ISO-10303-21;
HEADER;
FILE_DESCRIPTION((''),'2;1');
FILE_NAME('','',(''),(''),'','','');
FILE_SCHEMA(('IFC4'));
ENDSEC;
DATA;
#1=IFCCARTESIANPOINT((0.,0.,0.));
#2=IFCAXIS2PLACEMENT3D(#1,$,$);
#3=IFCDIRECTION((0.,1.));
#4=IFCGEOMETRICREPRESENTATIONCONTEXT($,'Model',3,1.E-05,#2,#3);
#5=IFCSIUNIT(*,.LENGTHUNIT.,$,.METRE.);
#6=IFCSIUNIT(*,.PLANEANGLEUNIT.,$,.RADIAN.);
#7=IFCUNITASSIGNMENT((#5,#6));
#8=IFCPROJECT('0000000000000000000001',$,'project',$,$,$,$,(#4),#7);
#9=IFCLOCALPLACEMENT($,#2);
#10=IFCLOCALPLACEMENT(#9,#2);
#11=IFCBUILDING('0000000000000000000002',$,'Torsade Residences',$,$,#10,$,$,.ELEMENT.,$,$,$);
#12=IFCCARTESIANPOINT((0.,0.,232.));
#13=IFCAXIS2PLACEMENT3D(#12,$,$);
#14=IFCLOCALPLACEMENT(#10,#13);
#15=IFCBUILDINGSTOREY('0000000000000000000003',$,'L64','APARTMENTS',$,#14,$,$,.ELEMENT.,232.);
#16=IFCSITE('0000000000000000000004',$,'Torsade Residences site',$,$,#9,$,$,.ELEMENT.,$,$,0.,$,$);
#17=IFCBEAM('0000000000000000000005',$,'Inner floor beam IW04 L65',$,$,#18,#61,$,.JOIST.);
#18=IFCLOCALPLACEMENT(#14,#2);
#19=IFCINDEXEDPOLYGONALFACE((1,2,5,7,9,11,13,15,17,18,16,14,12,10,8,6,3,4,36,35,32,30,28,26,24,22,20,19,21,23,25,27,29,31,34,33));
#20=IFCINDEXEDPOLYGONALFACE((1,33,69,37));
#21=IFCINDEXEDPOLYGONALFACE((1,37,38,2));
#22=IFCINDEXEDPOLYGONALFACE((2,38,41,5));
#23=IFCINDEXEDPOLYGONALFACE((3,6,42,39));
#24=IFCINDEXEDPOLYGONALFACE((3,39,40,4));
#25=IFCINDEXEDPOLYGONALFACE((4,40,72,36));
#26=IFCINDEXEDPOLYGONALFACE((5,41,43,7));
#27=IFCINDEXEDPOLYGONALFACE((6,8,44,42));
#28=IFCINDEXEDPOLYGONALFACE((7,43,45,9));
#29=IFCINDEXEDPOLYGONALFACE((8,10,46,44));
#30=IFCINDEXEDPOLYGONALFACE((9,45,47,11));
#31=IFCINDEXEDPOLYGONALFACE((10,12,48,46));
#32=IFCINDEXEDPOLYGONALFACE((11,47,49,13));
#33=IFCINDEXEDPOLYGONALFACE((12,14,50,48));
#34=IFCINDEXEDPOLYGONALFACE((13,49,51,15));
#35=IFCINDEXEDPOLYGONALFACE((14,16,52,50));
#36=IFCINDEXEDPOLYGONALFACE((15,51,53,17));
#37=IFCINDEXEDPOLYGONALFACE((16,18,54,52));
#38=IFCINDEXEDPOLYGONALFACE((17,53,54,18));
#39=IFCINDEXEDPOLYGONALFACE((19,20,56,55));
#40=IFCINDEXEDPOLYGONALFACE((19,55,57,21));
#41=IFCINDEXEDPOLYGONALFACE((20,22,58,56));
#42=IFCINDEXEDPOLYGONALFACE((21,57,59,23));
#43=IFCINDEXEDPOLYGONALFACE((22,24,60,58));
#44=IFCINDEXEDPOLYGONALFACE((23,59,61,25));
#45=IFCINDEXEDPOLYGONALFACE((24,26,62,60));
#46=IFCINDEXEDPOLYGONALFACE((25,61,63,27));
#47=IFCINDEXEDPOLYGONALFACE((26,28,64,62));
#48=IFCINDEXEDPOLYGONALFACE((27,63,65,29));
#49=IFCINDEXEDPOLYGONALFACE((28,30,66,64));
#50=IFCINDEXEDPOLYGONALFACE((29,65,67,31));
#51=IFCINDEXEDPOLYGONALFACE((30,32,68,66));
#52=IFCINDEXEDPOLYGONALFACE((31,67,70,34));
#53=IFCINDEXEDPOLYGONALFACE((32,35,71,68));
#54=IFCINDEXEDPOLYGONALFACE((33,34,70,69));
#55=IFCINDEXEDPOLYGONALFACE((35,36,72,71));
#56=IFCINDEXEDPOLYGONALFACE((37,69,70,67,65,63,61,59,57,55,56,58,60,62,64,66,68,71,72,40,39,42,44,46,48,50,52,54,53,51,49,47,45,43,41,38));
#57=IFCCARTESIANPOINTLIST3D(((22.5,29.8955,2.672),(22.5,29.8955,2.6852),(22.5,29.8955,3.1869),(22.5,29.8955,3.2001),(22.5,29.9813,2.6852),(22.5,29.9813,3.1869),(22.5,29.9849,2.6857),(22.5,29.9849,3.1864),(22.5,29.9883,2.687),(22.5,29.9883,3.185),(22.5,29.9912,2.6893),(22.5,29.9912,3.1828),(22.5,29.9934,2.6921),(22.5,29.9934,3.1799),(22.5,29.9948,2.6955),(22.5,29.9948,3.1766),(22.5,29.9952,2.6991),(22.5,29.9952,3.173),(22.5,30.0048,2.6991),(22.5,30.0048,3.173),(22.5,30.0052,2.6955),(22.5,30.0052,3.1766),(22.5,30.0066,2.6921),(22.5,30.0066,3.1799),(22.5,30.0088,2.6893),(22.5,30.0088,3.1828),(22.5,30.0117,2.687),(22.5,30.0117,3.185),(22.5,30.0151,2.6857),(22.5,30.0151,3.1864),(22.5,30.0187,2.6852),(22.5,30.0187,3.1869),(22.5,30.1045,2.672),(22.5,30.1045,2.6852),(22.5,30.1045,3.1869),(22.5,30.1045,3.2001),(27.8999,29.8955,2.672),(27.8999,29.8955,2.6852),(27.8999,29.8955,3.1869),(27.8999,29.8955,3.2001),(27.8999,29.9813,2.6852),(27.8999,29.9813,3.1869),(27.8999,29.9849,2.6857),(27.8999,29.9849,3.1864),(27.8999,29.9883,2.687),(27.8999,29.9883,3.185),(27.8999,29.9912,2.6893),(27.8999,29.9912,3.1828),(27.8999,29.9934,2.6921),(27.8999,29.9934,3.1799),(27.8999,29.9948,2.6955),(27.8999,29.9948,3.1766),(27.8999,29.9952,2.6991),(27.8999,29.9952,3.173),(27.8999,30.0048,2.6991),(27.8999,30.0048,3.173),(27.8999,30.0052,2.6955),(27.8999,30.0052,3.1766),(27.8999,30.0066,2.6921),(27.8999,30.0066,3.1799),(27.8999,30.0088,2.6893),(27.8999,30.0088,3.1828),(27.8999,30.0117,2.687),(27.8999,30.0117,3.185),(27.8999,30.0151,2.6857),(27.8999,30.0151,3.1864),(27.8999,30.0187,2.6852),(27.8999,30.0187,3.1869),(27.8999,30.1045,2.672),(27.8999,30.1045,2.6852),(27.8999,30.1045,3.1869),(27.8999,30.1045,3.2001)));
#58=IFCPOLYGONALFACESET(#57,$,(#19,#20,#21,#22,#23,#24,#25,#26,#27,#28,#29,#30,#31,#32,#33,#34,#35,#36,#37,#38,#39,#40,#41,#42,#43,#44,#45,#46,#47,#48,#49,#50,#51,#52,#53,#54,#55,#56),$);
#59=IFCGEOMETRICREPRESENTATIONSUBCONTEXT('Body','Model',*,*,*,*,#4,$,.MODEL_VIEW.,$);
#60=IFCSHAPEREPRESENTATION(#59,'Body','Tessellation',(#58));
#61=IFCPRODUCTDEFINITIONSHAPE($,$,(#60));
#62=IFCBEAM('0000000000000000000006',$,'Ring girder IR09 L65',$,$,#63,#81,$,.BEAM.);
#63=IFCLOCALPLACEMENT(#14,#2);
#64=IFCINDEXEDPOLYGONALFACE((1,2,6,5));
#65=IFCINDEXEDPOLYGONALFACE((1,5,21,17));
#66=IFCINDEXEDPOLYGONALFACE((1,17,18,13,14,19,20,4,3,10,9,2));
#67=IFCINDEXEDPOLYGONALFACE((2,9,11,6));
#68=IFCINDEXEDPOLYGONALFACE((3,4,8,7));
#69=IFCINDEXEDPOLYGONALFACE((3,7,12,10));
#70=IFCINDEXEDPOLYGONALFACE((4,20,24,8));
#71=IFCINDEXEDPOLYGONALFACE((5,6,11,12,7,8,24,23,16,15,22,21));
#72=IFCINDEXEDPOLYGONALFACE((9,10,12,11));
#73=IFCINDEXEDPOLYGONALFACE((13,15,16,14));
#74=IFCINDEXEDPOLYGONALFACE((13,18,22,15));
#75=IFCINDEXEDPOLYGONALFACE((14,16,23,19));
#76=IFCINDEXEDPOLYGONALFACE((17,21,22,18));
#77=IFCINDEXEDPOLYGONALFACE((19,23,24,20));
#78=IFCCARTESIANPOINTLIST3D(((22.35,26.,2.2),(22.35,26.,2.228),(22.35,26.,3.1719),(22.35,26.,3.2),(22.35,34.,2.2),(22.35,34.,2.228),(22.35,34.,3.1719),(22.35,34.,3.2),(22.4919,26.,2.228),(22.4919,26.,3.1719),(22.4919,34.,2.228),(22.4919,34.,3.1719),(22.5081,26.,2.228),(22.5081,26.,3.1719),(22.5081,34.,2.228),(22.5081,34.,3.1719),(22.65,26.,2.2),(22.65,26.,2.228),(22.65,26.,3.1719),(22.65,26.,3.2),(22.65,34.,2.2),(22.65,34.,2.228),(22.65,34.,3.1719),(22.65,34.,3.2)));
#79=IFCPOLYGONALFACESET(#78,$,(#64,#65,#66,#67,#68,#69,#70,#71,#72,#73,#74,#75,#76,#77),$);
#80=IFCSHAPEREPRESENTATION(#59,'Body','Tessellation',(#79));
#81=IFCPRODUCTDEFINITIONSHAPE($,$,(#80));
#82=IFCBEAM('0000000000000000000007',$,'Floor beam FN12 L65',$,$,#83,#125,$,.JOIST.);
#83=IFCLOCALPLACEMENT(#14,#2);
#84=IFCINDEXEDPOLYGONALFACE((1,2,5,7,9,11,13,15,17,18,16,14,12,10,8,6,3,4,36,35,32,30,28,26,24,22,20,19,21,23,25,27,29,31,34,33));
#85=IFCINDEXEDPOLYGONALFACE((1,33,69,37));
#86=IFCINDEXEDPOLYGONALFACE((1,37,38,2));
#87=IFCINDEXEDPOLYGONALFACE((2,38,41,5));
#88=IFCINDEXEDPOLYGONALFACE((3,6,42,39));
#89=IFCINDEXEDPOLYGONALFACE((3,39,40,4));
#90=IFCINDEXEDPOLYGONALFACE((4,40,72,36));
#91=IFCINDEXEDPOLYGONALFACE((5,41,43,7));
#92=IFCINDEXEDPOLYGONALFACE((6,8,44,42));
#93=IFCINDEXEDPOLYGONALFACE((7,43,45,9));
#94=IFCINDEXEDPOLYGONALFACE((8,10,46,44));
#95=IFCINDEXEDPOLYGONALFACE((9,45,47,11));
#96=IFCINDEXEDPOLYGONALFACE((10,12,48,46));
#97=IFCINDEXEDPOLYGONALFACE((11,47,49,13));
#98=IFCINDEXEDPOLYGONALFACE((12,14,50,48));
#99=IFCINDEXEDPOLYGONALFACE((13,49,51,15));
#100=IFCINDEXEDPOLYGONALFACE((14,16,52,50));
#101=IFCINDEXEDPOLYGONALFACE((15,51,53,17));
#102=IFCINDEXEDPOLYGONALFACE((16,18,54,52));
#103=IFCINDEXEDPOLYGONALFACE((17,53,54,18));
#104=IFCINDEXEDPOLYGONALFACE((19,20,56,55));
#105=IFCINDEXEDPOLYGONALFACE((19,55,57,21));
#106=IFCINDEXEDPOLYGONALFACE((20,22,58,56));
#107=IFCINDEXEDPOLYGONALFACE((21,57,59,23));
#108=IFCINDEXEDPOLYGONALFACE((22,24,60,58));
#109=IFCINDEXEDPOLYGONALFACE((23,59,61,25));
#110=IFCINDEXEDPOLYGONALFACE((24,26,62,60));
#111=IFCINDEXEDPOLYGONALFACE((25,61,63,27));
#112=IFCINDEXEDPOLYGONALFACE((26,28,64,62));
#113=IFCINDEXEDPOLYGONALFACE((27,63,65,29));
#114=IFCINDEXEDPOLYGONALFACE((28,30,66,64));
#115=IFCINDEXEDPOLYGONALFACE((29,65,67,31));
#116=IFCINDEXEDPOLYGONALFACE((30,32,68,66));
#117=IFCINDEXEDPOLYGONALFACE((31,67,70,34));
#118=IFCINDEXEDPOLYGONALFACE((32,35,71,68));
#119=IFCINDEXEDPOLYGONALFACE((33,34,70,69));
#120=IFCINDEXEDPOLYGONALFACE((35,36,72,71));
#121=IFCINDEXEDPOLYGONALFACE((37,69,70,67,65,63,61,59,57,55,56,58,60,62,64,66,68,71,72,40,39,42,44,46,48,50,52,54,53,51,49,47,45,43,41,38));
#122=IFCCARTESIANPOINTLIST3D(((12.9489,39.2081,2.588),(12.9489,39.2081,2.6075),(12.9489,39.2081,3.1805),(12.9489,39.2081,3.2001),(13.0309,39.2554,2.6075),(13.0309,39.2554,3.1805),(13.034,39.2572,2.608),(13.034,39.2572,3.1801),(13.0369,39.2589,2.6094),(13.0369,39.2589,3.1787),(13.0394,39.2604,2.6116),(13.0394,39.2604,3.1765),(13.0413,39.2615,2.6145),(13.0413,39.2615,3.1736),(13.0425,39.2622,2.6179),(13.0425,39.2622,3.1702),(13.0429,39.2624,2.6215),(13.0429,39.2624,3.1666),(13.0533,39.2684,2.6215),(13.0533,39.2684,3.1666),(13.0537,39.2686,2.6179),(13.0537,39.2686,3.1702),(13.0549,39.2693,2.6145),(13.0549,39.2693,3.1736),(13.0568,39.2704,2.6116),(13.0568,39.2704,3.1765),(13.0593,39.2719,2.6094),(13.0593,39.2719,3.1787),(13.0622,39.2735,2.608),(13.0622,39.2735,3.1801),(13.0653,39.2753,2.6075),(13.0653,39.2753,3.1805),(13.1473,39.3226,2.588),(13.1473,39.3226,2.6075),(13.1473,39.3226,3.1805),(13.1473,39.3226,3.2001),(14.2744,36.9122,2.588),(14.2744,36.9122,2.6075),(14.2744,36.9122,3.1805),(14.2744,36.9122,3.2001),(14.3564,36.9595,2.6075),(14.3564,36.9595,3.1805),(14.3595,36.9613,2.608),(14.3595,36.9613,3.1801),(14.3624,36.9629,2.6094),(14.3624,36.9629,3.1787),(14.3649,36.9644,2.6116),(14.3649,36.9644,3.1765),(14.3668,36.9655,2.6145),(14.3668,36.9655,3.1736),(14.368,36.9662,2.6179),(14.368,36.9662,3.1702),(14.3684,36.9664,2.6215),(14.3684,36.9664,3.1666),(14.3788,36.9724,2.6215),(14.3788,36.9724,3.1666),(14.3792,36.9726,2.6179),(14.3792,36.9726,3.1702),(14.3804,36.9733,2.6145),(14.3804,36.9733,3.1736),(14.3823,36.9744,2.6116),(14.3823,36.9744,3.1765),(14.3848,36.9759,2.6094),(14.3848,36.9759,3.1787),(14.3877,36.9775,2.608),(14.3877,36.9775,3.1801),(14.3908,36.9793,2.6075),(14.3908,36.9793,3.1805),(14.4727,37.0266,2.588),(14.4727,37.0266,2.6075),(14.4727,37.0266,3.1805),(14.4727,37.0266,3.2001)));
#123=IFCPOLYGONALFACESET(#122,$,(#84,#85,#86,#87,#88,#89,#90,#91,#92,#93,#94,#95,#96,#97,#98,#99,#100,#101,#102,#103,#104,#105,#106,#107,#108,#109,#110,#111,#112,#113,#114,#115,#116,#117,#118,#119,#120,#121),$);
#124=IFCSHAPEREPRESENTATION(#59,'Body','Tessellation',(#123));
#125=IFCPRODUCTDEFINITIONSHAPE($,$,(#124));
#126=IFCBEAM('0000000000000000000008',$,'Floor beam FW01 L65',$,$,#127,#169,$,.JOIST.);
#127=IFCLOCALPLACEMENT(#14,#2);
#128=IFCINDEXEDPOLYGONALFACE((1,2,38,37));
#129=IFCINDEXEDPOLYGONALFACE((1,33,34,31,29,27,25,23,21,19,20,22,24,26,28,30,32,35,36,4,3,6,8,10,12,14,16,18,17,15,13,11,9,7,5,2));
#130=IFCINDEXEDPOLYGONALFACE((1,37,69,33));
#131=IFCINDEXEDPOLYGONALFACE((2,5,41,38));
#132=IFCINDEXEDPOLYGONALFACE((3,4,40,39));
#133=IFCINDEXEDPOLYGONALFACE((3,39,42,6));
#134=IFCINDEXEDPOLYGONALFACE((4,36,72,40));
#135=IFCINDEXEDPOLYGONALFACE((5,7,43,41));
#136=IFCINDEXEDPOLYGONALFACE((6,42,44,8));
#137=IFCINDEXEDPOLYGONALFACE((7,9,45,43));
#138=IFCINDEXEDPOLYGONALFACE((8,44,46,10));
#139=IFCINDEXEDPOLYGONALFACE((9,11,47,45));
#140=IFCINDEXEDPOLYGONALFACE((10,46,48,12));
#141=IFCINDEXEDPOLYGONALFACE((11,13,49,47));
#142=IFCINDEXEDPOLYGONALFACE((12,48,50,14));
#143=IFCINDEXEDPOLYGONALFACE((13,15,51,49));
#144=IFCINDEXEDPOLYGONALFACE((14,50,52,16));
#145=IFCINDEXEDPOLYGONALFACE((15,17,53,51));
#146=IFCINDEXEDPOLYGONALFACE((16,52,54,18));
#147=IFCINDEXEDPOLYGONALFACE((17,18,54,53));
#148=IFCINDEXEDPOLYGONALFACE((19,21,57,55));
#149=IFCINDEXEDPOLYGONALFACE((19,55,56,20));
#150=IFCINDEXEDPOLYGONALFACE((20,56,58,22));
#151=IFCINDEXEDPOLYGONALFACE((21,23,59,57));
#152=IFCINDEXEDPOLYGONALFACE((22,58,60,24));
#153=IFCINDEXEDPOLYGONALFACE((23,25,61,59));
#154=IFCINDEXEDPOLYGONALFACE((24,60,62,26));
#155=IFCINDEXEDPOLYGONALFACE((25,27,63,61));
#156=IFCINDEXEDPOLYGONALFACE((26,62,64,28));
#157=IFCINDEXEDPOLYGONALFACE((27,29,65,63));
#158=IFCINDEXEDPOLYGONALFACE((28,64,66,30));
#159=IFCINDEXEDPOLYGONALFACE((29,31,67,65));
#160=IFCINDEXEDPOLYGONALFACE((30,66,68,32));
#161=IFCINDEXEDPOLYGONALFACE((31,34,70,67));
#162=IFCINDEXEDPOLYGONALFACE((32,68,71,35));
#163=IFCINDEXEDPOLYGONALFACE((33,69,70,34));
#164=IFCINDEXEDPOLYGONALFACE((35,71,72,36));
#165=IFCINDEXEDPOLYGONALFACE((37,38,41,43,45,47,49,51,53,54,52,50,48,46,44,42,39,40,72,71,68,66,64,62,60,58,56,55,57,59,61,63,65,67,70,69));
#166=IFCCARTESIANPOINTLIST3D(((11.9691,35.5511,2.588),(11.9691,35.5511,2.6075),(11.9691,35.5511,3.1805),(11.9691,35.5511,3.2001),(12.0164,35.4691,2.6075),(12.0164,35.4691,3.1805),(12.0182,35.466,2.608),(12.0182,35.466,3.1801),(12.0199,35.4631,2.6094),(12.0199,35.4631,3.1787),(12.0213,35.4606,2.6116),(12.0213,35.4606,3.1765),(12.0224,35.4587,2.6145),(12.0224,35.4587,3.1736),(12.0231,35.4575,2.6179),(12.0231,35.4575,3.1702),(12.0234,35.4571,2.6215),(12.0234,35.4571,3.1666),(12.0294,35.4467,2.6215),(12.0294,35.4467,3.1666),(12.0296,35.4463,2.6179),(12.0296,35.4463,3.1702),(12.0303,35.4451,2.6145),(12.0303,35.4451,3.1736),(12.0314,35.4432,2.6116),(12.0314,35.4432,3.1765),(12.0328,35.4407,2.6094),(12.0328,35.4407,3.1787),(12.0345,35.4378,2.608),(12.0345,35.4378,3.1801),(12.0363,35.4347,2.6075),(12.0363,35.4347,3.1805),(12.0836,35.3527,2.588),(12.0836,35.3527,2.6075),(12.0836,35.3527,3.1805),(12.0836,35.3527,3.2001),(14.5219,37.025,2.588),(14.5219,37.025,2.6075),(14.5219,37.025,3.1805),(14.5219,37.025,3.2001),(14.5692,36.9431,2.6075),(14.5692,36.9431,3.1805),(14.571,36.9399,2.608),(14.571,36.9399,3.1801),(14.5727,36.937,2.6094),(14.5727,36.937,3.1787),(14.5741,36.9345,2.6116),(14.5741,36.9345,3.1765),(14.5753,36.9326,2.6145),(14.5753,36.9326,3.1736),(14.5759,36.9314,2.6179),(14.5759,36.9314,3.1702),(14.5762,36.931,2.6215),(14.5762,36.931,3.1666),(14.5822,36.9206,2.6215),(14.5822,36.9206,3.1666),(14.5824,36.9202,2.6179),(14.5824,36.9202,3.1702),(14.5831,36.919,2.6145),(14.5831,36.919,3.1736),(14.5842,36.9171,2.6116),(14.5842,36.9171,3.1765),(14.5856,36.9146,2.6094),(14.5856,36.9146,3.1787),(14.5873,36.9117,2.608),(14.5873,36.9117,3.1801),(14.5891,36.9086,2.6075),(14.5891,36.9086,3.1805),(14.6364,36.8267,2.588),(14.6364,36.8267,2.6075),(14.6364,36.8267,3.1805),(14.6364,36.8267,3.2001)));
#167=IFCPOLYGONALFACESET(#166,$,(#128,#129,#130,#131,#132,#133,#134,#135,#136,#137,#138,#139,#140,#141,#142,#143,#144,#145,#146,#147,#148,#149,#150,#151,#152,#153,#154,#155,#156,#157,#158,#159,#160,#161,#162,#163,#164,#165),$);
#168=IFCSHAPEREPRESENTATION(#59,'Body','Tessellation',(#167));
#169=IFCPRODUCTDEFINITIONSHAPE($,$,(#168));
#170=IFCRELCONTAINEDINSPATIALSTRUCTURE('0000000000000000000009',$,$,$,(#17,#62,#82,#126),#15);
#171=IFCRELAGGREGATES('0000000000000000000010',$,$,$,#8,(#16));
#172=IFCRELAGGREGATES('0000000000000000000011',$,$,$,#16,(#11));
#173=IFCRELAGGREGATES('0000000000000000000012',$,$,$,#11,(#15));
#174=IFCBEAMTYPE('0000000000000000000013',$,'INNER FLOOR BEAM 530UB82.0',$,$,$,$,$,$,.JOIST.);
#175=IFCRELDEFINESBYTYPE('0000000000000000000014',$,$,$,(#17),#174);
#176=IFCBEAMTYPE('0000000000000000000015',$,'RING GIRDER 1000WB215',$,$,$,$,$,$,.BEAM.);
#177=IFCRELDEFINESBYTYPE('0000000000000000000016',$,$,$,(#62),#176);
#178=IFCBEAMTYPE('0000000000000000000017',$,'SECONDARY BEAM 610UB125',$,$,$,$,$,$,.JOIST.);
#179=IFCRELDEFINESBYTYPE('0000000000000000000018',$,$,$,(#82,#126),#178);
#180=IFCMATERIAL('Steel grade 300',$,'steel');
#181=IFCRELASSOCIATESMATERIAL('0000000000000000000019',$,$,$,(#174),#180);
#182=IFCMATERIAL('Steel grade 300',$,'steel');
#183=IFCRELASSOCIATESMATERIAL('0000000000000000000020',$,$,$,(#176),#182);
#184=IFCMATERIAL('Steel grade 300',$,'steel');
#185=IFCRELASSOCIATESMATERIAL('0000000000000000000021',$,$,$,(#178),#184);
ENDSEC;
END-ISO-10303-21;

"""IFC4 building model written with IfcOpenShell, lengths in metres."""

from ifc_helpers import new_model, si_unit, direction, frame, origin, origin_2d, place, context, subcontext, project, spatial, i_section, extrude, material, material_profile, profile_set, type_object, element, save


model = new_model("IFC4")

# Units and contexts
model_context = context("Model", 3, precision=1e-05, world=origin(), true_north=direction((0.0, 1.0)))
body_context = subcontext(model_context, "Body", "Model", "MODEL_VIEW")
ifc_project = project(units=[si_unit("LENGTHUNIT", "METRE"), si_unit("PLANEANGLEUNIT", "RADIAN")], contexts=[model_context])

# Site, building, storey
site_placement = place(None, origin())
site = spatial("IfcSite", under=ifc_project, at=site_placement, Name="Torsade Residences site", CompositionType="ELEMENT", RefElevation=0.0)
building_placement = place(site_placement, origin())
building = spatial("IfcBuilding", under=site, at=building_placement, Name="Torsade Residences", CompositionType="ELEMENT")
storey_placement = place(building_placement, frame((0.0, 0.0, 232.0)))
storey = spatial("IfcBuildingStorey", under=building, at=storey_placement, Name="L64", Description="APARTMENTS", CompositionType="ELEMENT", Elevation=232.0)

# Beams
ifc_material_1 = material(Name="Steel grade 300", Category="steel")
ifc_material_profile_1 = material_profile(ifc_material_1, i_section(OverallWidth=0.209, OverallDepth=0.5281, WebThickness=0.0095, FlangeThickness=0.0132, FilletRadius=0.0139, at=origin_2d()), Name="530UB82.0")
ifc_profile_set_1 = profile_set([ifc_material_profile_1], Name="Steel grade 300")
beam_type_1 = type_object("IfcBeamType", Name="INNER FLOOR BEAM 530UB82.0", PredefinedType="JOIST", material=ifc_profile_set_1)
beam_1_placement = place(storey_placement, frame((27.8999, 30.0, 2.936), z_axis=(-1.0, 0.0, 0.0), x_axis=(0.0, -1.0, 0.0)))
element("IfcBeam", 1, at=beam_1_placement, inside=storey, type_object=beam_type_1, Name="Inner floor beam IW04 L65", PredefinedType="JOIST", context=body_context, shape_type="SweptSolid", body=[
    extrude(i_section(OverallWidth=0.209, OverallDepth=0.5281, WebThickness=0.0095, FlangeThickness=0.0132, FilletRadius=0.0139, at=origin_2d()), origin(), (0.0, 0.0, 1.0), 5.3999),
])
ifc_material_2 = material(Name="Steel grade 300", Category="steel")
ifc_material_profile_2 = material_profile(ifc_material_2, i_section(OverallWidth=0.3, OverallDepth=1.0, WebThickness=0.0161, FlangeThickness=0.0281, at=origin_2d()), Name="1000WB215")
ifc_profile_set_2 = profile_set([ifc_material_profile_2], Name="Steel grade 300")
beam_type_2 = type_object("IfcBeamType", Name="RING GIRDER 1000WB215", PredefinedType="BEAM", material=ifc_profile_set_2)
beam_2_placement = place(storey_placement, frame((22.5, 34.0, 2.7), z_axis=(0.0, -1.0, 0.0), x_axis=(1.0, 0.0, 0.0)))
element("IfcBeam", 2, at=beam_2_placement, inside=storey, type_object=beam_type_2, Name="Ring girder IR09 L65", PredefinedType="BEAM", context=body_context, shape_type="SweptSolid", body=[
    extrude(i_section(OverallWidth=0.3, OverallDepth=1.0, WebThickness=0.0161, FlangeThickness=0.0281, at=origin_2d()), origin(), (0.0, 0.0, 1.0), 8.0),
])
ifc_material_3 = material(Name="Steel grade 300", Category="steel")
ifc_material_profile_3 = material_profile(ifc_material_3, i_section(OverallWidth=0.229, OverallDepth=0.6121, WebThickness=0.012, FlangeThickness=0.0195, FilletRadius=0.0139, at=origin_2d()), Name="610UB125")
ifc_profile_set_3 = profile_set([ifc_material_profile_3], Name="Steel grade 300")
beam_type_3 = type_object("IfcBeamType", Name="SECONDARY BEAM 610UB125", PredefinedType="JOIST", material=ifc_profile_set_3)
beam_3_placement = place(storey_placement, frame((13.0481, 39.2654, 2.894), z_axis=(0.499972, -0.866041, 0.0), x_axis=(0.866041, 0.499972, 0.0)))
element("IfcBeam", 3, at=beam_3_placement, inside=storey, type_object=beam_type_3, Name="Floor beam FN12 L65", PredefinedType="JOIST", context=body_context, shape_type="SweptSolid", body=[
    extrude(i_section(OverallWidth=0.229, OverallDepth=0.6121, WebThickness=0.012, FlangeThickness=0.0195, FilletRadius=0.0139, at=origin_2d()), origin(), (0.0, 0.0, 1.0), 2.6511),
])
beam_4_placement = place(storey_placement, frame((12.0264, 35.4519, 2.894), z_axis=(0.866017, 0.500014, 0.0), x_axis=(-0.500014, 0.866017, 0.0)))
element("IfcBeam", 4, at=beam_4_placement, inside=storey, type_object=beam_type_3, Name="Floor beam FW01 L65", PredefinedType="JOIST", context=body_context, shape_type="SweptSolid", body=[
    extrude(i_section(OverallWidth=0.229, OverallDepth=0.6121, WebThickness=0.012, FlangeThickness=0.0195, FilletRadius=0.0139, at=origin_2d()), origin(), (0.0, 0.0, 1.0), 2.9478),
])

save(model, "model.ifc")
